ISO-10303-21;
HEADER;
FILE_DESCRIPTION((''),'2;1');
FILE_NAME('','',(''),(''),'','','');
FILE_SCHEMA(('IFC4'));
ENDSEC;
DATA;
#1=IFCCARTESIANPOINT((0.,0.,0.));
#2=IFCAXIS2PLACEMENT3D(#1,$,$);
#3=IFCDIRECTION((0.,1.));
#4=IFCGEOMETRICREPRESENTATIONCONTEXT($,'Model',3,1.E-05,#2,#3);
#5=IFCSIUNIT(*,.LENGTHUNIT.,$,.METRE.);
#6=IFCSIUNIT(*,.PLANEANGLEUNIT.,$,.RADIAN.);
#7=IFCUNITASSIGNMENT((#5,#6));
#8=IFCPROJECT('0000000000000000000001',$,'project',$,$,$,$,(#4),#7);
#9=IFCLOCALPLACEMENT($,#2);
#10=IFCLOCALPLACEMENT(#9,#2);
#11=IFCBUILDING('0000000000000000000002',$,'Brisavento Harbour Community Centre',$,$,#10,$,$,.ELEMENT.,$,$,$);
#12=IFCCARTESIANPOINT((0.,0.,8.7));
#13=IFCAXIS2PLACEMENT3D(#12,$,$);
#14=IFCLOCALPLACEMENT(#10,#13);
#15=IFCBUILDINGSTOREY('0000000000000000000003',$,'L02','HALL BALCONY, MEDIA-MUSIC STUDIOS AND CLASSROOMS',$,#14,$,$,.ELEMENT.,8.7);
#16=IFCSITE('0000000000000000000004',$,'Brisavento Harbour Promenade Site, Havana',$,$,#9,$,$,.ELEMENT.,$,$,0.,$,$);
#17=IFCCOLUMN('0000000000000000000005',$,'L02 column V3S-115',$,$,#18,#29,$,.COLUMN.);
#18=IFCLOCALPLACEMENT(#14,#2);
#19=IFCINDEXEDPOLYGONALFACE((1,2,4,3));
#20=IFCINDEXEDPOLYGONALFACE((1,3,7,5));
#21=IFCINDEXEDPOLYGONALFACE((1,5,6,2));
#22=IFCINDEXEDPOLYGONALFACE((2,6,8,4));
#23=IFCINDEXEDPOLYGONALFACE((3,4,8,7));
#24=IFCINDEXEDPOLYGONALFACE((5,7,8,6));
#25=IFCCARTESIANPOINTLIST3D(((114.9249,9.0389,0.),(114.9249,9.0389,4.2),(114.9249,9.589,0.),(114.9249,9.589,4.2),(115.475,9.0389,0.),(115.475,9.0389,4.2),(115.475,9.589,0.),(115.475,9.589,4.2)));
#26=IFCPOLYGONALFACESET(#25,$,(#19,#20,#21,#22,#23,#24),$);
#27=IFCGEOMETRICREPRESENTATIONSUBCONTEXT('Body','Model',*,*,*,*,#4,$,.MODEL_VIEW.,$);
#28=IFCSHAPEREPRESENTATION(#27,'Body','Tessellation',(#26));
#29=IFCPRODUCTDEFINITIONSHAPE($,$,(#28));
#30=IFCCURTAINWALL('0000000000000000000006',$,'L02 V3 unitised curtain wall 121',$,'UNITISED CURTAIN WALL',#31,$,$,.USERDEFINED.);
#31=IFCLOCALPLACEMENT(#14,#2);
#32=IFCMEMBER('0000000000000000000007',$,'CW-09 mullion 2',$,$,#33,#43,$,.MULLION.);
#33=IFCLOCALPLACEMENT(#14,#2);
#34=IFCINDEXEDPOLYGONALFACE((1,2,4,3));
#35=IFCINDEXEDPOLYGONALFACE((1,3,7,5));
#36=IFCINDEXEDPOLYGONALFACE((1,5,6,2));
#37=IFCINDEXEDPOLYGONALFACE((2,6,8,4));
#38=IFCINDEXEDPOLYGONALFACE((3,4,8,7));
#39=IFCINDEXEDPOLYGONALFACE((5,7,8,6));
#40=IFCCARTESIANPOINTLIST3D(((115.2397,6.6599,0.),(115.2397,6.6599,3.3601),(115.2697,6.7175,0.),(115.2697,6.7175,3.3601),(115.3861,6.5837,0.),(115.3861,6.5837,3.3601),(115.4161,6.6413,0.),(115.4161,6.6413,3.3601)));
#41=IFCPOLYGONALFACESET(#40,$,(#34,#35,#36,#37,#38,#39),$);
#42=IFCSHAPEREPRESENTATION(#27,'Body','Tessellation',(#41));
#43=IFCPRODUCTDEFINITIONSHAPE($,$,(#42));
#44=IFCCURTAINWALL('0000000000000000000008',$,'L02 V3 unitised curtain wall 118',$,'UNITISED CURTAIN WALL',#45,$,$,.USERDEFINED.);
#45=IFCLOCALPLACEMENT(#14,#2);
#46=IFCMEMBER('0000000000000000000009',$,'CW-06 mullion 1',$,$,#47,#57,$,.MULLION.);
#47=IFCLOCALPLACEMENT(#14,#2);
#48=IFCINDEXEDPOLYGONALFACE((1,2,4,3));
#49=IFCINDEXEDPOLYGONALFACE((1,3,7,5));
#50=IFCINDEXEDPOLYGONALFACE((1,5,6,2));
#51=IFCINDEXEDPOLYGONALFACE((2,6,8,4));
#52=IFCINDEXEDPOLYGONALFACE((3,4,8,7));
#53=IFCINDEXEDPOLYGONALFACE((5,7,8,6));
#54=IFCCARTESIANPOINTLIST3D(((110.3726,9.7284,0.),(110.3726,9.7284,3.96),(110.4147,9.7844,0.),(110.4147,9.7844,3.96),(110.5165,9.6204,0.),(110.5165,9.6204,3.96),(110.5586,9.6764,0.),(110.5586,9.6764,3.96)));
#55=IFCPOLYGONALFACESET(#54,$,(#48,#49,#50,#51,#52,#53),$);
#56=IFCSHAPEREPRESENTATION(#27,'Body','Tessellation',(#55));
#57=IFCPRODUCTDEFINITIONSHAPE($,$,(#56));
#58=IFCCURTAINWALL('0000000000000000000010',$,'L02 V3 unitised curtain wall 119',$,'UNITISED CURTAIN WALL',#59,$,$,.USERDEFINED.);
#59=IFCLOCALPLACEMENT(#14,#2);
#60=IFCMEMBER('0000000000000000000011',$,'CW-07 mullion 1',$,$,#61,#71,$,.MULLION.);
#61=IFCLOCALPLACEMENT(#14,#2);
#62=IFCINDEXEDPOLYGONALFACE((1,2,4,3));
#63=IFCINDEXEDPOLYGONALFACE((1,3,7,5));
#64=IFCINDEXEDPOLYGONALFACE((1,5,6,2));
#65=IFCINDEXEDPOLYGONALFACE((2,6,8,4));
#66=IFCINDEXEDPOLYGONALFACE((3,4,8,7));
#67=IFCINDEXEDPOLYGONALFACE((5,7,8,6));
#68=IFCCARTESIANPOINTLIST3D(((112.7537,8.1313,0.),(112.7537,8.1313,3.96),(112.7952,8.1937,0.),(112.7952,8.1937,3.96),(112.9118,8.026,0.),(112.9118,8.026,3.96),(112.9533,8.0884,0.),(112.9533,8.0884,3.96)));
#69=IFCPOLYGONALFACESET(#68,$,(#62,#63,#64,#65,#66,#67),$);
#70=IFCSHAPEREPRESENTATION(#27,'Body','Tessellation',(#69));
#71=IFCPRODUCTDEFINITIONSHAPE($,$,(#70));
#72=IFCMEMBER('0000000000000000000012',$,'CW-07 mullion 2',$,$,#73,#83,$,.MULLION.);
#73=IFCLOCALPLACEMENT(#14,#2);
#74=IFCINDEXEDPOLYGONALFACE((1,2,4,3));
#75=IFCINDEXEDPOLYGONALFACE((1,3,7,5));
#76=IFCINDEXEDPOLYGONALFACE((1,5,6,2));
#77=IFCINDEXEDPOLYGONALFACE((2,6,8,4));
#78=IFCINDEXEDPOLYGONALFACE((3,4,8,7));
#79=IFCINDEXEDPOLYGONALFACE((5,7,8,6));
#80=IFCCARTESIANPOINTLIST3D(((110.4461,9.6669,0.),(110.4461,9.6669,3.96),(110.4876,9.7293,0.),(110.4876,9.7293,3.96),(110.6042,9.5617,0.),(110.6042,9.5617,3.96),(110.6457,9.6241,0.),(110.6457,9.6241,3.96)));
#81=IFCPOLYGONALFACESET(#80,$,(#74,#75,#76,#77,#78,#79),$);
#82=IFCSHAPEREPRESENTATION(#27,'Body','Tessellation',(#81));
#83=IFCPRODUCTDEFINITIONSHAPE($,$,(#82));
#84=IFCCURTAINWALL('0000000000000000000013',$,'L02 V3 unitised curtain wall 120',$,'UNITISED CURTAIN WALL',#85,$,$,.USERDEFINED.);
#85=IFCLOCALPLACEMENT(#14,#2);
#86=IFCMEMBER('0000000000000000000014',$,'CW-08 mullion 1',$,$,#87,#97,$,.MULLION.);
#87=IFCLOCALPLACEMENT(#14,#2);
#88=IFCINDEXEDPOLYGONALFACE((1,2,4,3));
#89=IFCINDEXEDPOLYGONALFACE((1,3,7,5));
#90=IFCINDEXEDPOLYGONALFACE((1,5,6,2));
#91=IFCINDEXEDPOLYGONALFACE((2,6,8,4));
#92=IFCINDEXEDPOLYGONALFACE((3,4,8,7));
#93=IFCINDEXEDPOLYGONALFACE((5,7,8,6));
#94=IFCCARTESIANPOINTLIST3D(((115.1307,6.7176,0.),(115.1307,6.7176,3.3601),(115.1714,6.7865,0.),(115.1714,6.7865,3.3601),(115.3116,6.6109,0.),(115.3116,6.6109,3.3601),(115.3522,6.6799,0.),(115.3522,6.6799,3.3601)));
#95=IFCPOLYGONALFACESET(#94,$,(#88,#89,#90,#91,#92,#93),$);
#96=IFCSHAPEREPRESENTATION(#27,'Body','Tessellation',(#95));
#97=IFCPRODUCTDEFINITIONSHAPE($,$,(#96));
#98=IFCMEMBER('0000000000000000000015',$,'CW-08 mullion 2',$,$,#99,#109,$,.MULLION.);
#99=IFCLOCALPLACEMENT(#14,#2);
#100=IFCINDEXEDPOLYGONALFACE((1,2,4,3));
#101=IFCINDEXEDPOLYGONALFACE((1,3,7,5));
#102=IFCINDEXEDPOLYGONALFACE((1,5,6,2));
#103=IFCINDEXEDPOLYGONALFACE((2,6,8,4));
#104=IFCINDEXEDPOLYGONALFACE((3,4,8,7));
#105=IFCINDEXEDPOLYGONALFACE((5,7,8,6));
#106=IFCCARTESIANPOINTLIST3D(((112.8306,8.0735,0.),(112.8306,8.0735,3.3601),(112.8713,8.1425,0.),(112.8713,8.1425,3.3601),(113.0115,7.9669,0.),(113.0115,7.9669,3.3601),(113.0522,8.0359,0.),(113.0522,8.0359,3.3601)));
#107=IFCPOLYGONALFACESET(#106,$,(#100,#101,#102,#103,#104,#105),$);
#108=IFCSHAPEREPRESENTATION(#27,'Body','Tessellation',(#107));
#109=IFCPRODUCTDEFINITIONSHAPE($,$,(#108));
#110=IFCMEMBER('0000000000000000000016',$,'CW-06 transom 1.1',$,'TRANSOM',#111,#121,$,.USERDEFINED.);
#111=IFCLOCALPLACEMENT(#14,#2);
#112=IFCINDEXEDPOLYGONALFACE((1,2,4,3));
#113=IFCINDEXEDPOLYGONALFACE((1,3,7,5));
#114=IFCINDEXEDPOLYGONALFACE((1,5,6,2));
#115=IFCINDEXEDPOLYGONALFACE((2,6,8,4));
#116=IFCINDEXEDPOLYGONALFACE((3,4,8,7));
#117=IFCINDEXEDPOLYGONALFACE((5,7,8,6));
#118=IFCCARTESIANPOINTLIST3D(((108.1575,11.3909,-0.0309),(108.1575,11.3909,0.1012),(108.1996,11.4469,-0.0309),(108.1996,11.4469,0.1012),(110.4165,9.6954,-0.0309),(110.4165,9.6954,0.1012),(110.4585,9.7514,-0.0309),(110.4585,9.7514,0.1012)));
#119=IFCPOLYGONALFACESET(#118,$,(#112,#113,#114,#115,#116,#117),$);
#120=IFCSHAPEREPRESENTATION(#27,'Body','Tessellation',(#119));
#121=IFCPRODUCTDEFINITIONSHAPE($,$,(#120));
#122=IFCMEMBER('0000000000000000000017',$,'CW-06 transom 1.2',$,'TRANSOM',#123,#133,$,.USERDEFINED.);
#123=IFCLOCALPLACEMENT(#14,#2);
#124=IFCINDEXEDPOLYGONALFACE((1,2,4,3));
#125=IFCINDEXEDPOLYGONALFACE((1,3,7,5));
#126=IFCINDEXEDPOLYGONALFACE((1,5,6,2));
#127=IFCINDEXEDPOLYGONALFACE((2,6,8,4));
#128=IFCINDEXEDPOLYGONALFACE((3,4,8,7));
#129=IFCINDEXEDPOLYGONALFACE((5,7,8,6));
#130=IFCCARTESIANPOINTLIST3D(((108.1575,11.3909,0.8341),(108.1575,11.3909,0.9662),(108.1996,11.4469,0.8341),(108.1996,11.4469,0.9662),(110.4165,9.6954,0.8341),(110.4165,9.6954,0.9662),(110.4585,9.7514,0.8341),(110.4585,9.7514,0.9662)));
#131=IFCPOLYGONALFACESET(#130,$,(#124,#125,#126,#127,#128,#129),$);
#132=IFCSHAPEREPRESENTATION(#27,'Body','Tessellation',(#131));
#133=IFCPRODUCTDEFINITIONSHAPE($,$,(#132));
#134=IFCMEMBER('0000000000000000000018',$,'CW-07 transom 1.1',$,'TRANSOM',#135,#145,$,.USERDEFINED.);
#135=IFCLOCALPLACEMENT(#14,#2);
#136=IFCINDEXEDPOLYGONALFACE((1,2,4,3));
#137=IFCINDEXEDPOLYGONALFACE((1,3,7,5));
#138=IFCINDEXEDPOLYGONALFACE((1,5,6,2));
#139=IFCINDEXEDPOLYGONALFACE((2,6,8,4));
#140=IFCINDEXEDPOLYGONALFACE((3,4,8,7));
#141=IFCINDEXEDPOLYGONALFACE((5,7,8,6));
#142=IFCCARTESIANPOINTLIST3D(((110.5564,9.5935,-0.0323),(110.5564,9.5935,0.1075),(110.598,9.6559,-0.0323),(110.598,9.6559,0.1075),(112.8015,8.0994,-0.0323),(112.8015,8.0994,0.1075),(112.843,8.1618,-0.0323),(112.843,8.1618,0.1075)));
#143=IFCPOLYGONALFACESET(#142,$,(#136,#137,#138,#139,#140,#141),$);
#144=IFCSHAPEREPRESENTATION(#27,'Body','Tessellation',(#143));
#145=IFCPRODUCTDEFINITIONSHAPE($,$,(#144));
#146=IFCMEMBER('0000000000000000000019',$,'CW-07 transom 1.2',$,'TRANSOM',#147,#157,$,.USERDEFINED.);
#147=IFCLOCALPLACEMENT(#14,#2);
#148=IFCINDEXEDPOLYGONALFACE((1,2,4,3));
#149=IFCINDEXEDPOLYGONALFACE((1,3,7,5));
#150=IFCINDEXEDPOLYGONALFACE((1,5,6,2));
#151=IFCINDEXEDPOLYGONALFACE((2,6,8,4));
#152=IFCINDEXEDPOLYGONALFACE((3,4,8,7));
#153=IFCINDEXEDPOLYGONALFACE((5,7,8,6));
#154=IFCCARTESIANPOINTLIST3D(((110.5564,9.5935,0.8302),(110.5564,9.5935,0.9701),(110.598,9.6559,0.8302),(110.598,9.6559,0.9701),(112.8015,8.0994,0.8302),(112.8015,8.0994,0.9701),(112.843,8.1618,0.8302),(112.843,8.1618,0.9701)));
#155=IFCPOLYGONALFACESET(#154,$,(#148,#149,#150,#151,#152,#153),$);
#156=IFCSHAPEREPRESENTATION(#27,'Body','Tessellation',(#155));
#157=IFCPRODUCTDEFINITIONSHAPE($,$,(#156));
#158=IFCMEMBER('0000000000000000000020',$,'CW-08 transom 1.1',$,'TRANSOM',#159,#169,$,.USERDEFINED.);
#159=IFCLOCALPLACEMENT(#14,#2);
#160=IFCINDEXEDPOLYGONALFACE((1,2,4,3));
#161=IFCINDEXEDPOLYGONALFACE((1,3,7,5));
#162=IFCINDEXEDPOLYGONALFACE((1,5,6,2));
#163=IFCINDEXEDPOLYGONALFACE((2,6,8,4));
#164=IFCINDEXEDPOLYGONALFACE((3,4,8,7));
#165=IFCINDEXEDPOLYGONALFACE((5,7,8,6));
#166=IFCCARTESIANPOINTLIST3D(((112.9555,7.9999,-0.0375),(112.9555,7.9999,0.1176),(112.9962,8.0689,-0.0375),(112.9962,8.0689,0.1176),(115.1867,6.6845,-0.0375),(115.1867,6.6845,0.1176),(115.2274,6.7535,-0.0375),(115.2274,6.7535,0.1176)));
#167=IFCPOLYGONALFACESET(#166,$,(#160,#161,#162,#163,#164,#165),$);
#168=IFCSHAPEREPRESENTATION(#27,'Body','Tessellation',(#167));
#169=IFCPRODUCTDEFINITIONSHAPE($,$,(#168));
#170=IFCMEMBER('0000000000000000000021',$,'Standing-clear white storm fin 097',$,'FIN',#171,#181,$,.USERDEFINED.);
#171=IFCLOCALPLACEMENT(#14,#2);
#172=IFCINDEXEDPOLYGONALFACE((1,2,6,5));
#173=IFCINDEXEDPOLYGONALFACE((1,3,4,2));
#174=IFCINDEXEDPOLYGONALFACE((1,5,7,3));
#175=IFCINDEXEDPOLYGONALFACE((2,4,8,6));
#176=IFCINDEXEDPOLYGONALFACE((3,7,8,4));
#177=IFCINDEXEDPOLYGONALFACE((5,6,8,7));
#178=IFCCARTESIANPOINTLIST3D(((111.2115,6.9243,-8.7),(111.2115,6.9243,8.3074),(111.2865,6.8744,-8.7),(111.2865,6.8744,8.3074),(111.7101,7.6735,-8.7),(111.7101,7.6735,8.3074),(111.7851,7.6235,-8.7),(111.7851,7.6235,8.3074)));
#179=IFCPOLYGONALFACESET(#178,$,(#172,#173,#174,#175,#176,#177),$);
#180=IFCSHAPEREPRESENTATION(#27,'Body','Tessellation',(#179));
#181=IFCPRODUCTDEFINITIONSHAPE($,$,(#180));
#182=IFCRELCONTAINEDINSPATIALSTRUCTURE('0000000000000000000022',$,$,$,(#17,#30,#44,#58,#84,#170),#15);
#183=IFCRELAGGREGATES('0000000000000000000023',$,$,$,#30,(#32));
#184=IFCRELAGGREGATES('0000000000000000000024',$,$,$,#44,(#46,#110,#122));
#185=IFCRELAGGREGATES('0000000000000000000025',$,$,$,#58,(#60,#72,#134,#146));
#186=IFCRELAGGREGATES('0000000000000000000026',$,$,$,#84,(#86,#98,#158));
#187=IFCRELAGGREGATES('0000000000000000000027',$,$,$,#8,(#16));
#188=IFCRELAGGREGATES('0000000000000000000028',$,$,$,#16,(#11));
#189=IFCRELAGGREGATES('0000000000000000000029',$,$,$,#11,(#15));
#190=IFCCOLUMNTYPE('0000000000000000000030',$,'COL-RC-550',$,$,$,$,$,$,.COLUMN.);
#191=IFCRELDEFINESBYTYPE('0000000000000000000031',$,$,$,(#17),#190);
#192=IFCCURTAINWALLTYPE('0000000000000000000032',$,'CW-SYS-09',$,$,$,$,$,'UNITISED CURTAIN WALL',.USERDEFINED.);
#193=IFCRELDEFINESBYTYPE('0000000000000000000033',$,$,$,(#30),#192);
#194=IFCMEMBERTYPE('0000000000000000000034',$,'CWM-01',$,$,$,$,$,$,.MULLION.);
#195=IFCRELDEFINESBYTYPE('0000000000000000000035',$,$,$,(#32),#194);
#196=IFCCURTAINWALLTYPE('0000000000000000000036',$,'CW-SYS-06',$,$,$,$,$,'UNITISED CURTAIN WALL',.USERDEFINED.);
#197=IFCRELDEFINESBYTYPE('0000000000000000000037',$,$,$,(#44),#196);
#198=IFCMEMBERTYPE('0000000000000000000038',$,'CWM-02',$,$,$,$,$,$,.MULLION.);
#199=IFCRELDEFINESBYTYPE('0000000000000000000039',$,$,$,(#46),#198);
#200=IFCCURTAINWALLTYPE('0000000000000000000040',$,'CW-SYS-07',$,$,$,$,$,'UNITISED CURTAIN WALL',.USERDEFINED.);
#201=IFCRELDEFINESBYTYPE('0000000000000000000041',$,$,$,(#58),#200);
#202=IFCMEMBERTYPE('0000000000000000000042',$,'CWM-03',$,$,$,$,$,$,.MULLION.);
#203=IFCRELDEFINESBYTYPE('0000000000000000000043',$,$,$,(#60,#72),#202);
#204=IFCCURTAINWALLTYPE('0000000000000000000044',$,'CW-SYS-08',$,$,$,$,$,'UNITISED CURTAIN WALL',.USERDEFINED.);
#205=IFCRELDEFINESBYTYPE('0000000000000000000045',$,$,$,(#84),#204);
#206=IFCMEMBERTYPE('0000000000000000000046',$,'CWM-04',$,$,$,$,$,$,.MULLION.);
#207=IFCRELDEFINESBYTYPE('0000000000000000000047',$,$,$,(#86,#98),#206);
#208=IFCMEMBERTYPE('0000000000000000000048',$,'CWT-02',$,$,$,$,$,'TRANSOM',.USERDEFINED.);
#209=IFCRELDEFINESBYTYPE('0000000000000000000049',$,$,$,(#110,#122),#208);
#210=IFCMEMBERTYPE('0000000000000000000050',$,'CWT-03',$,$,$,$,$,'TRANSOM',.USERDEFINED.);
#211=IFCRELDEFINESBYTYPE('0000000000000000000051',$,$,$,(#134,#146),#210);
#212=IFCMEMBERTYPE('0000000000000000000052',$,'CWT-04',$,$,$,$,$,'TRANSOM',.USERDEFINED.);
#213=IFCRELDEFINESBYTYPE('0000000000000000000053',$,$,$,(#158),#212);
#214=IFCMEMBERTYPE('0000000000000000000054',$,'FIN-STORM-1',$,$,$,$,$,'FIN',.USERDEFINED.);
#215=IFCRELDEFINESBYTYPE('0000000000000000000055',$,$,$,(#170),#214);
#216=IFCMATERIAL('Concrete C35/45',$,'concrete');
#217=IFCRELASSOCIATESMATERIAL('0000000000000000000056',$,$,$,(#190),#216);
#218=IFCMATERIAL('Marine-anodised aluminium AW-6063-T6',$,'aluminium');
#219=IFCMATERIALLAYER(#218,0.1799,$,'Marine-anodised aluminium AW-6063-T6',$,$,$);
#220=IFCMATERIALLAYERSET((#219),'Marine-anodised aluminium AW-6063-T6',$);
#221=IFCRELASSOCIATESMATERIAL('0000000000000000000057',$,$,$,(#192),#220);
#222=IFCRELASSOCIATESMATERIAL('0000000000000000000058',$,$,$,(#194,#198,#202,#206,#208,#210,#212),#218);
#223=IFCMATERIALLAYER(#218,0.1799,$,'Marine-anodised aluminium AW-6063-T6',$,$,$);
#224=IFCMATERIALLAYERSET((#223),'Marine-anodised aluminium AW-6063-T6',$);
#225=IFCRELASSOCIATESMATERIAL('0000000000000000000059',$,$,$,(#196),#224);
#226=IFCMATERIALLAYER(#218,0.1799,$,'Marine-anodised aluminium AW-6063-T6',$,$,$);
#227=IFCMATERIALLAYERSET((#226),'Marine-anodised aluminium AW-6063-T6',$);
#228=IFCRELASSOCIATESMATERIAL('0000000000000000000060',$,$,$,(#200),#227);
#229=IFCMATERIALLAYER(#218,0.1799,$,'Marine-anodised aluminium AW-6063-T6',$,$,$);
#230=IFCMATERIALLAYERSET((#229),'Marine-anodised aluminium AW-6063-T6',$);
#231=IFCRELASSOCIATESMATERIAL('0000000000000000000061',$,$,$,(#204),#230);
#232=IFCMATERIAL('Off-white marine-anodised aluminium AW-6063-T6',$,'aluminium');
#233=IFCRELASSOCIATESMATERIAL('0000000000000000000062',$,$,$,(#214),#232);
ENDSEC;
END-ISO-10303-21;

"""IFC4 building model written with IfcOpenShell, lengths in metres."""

from ifc_helpers import new_model, si_unit, direction, frame, origin, origin_2d, place, context, subcontext, project, spatial, rectangle, extrude, material, layer, layer_set, material_profile, profile_set, type_object, element, aggregate, save


model = new_model("IFC4")

# Units and contexts
model_context = context("Model", 3, precision=1e-05, world=origin(), true_north=direction((0.0, 1.0)))
body_context = subcontext(model_context, "Body", "Model", "MODEL_VIEW")
ifc_project = project(units=[si_unit("LENGTHUNIT", "METRE"), si_unit("PLANEANGLEUNIT", "RADIAN")], contexts=[model_context])

# Site, building, storey
site_placement = place(None, origin())
site = spatial("IfcSite", under=ifc_project, at=site_placement, Name="Brisavento Harbour Promenade Site, Havana", CompositionType="ELEMENT", RefElevation=0.0)
building_placement = place(site_placement, origin())
building = spatial("IfcBuilding", under=site, at=building_placement, Name="Brisavento Harbour Community Centre", CompositionType="ELEMENT")
storey_placement = place(building_placement, frame((0.0, 0.0, 8.7)))
storey = spatial("IfcBuildingStorey", under=building, at=storey_placement, Name="L02", Description="HALL BALCONY, MEDIA-MUSIC STUDIOS AND CLASSROOMS", CompositionType="ELEMENT", Elevation=8.7)

# Column
ifc_material_1 = material(Name="Concrete C35/45", Category="concrete")
ifc_material_profile_1 = material_profile(ifc_material_1, rectangle(XDim=0.55, YDim=0.55, at=origin_2d()), Name="Concrete C35/45")
ifc_profile_set_1 = profile_set([ifc_material_profile_1], Name="Concrete C35/45")
column_type = type_object("IfcColumnType", Name="COL-RC-550", PredefinedType="COLUMN", material=ifc_profile_set_1)
column_placement = place(storey_placement, frame((115.2, 9.314, 0.0), z_axis=(0.0, 0.0, 1.0), x_axis=(1.0, 0.0, 0.0)))
element("IfcColumn", 1, at=column_placement, inside=storey, type_object=column_type, Name="L02 column V3S-115", PredefinedType="COLUMN", context=body_context, shape_type="SweptSolid", body=[
    extrude(rectangle(XDim=0.55, YDim=0.55, at=origin_2d()), origin(), (0.0, 0.0, 1.0), 4.2),
])

# Curtain walls, members
ifc_material_2 = material(Name="Marine-anodised aluminium AW-6063-T6", Category="aluminium")
ifc_layer_1 = layer(ifc_material_2, 0.1799, Name="Marine-anodised aluminium AW-6063-T6")
ifc_layer_set_1 = layer_set([ifc_layer_1], Name="Marine-anodised aluminium AW-6063-T6")
curtain_wall_type_1 = type_object("IfcCurtainWallType", Name="CW-SYS-09", ElementType="UNITISED CURTAIN WALL", PredefinedType="USERDEFINED", material=ifc_layer_set_1)
curtain_wall_1_placement = place(storey_placement, origin())
curtain_wall_1 = element("IfcCurtainWall", 2, at=curtain_wall_1_placement, inside=storey, type_object=curtain_wall_type_1, Name="L02 V3 unitised curtain wall 121", ObjectType="UNITISED CURTAIN WALL", PredefinedType="USERDEFINED")
ifc_material_profile_2 = material_profile(ifc_material_2, rectangle(XDim=0.0649, YDim=0.165, at=origin_2d()), Name="Marine-anodised aluminium AW-6063-T6")
ifc_profile_set_2 = profile_set([ifc_material_profile_2], Name="Marine-anodised aluminium AW-6063-T6")
member_type_1 = type_object("IfcMemberType", Name="CWM-01", PredefinedType="MULLION", material=ifc_profile_set_2)
member_1_placement = place(storey_placement, frame((115.3279, 6.6506, 0.0), z_axis=(0.0, 0.0, 1.0), x_axis=(-0.461718, -0.887027, 0.0)))
member_1 = element("IfcMember", 3, at=member_1_placement, type_object=member_type_1, Name="CW-09 mullion 2", PredefinedType="MULLION", context=body_context, shape_type="SweptSolid", body=[
    extrude(rectangle(XDim=0.0649, YDim=0.165, at=origin_2d()), origin(), (0.0, 0.0, 1.0), 3.3601),
])
ifc_layer_2 = layer(ifc_material_2, 0.1799, Name="Marine-anodised aluminium AW-6063-T6")
ifc_layer_set_2 = layer_set([ifc_layer_2], Name="Marine-anodised aluminium AW-6063-T6")
curtain_wall_type_2 = type_object("IfcCurtainWallType", Name="CW-SYS-06", ElementType="UNITISED CURTAIN WALL", PredefinedType="USERDEFINED", material=ifc_layer_set_2)
curtain_wall_2_placement = place(storey_placement, origin())
curtain_wall_2 = element("IfcCurtainWall", 4, at=curtain_wall_2_placement, inside=storey, type_object=curtain_wall_type_2, Name="L02 V3 unitised curtain wall 118", ObjectType="UNITISED CURTAIN WALL", PredefinedType="USERDEFINED")
ifc_material_profile_3 = material_profile(ifc_material_2, rectangle(XDim=0.0701, YDim=0.1799, at=origin_2d()), Name="Marine-anodised aluminium AW-6063-T6")
ifc_profile_set_3 = profile_set([ifc_material_profile_3], Name="Marine-anodised aluminium AW-6063-T6")
member_type_2 = type_object("IfcMemberType", Name="CWM-02", PredefinedType="MULLION", material=ifc_profile_set_3)
member_2_placement = place(storey_placement, frame((110.4656, 9.7024, 0.0), z_axis=(0.0, 0.0, 1.0), x_axis=(-0.600259, -0.799806, 0.0)))
member_2 = element("IfcMember", 5, at=member_2_placement, type_object=member_type_2, Name="CW-06 mullion 1", PredefinedType="MULLION", context=body_context, shape_type="SweptSolid", body=[
    extrude(rectangle(XDim=0.0701, YDim=0.1799, at=origin_2d()), origin(), (0.0, 0.0, 1.0), 3.96),
])

# Curtain walls, members
ifc_layer_3 = layer(ifc_material_2, 0.1799, Name="Marine-anodised aluminium AW-6063-T6")
ifc_layer_set_3 = layer_set([ifc_layer_3], Name="Marine-anodised aluminium AW-6063-T6")
curtain_wall_type_3 = type_object("IfcCurtainWallType", Name="CW-SYS-07", ElementType="UNITISED CURTAIN WALL", PredefinedType="USERDEFINED", material=ifc_layer_set_3)
curtain_wall_3_placement = place(storey_placement, origin())
curtain_wall_3 = element("IfcCurtainWall", 6, at=curtain_wall_3_placement, inside=storey, type_object=curtain_wall_type_3, Name="L02 V3 unitised curtain wall 119", ObjectType="UNITISED CURTAIN WALL", PredefinedType="USERDEFINED")
ifc_material_profile_4 = material_profile(ifc_material_2, rectangle(XDim=0.075, YDim=0.1899, at=origin_2d()), Name="Marine-anodised aluminium AW-6063-T6")
ifc_profile_set_4 = profile_set([ifc_material_profile_4], Name="Marine-anodised aluminium AW-6063-T6")
member_type_3 = type_object("IfcMemberType", Name="CWM-03", PredefinedType="MULLION", material=ifc_profile_set_4)
member_3_placement = place(storey_placement, frame((112.8535, 8.1099, 0.0), z_axis=(0.0, 0.0, 1.0), x_axis=(-0.554068, -0.832472, 0.0)))
member_3 = element("IfcMember", 7, at=member_3_placement, type_object=member_type_3, Name="CW-07 mullion 1", PredefinedType="MULLION", context=body_context, shape_type="SweptSolid", body=[
    extrude(rectangle(XDim=0.075, YDim=0.1899, at=origin_2d()), origin(), (0.0, 0.0, 1.0), 3.96),
])
member_4_placement = place(storey_placement, frame((110.5459, 9.6455, 0.0), z_axis=(0.0, 0.0, 1.0), x_axis=(-0.554068, -0.832472, 0.0)))
member_4 = element("IfcMember", 8, at=member_4_placement, type_object=member_type_3, Name="CW-07 mullion 2", PredefinedType="MULLION", context=body_context, shape_type="SweptSolid", body=[
    extrude(rectangle(XDim=0.075, YDim=0.1899, at=origin_2d()), origin(), (0.0, 0.0, 1.0), 3.96),
])
ifc_layer_4 = layer(ifc_material_2, 0.1799, Name="Marine-anodised aluminium AW-6063-T6")
ifc_layer_set_4 = layer_set([ifc_layer_4], Name="Marine-anodised aluminium AW-6063-T6")
curtain_wall_type_4 = type_object("IfcCurtainWallType", Name="CW-SYS-08", ElementType="UNITISED CURTAIN WALL", PredefinedType="USERDEFINED", material=ifc_layer_set_4)
curtain_wall_4_placement = place(storey_placement, origin())
curtain_wall_4 = element("IfcCurtainWall", 9, at=curtain_wall_4_placement, inside=storey, type_object=curtain_wall_type_4, Name="L02 V3 unitised curtain wall 120", ObjectType="UNITISED CURTAIN WALL", PredefinedType="USERDEFINED")
ifc_material_profile_5 = material_profile(ifc_material_2, rectangle(XDim=0.0801, YDim=0.21, at=origin_2d()), Name="Marine-anodised aluminium AW-6063-T6")
ifc_profile_set_5 = profile_set([ifc_material_profile_5], Name="Marine-anodised aluminium AW-6063-T6")
member_type_4 = type_object("IfcMemberType", Name="CWM-04", PredefinedType="MULLION", material=ifc_profile_set_5)
member_5_placement = place(storey_placement, frame((115.2415, 6.6987, 0.0), z_axis=(0.0, 0.0, 1.0), x_axis=(-0.507876, -0.86143, 0.0)))
member_5 = element("IfcMember", 10, at=member_5_placement, type_object=member_type_4, Name="CW-08 mullion 1", PredefinedType="MULLION", context=body_context, shape_type="SweptSolid", body=[
    extrude(rectangle(XDim=0.0801, YDim=0.21, at=origin_2d()), origin(), (0.0, 0.0, 1.0), 3.3601),
])
member_6_placement = place(storey_placement, frame((112.9414, 8.0547, 0.0), z_axis=(0.0, 0.0, 1.0), x_axis=(-0.507876, -0.86143, 0.0)))
member_6 = element("IfcMember", 11, at=member_6_placement, type_object=member_type_4, Name="CW-08 mullion 2", PredefinedType="MULLION", context=body_context, shape_type="SweptSolid", body=[
    extrude(rectangle(XDim=0.0801, YDim=0.21, at=origin_2d()), origin(), (0.0, 0.0, 1.0), 3.3601),
])

# Members
ifc_material_profile_6 = material_profile(ifc_material_2, rectangle(XDim=0.0701, YDim=0.1321, at=origin_2d()), Name="Marine-anodised aluminium AW-6063-T6")
ifc_profile_set_6 = profile_set([ifc_material_profile_6], Name="Marine-anodised aluminium AW-6063-T6")
member_type_5 = type_object("IfcMemberType", Name="CWT-02", ElementType="TRANSOM", PredefinedType="USERDEFINED", material=ifc_profile_set_6)
member_7_placement = place(storey_placement, frame((110.4375, 9.7234, 0.0352), z_axis=(-0.799782, 0.60029, 0.0), x_axis=(-0.60029, -0.799782, 0.0)))
member_7 = element("IfcMember", 12, at=member_7_placement, type_object=member_type_5, Name="CW-06 transom 1.1", ObjectType="TRANSOM", PredefinedType="USERDEFINED", context=body_context, shape_type="SweptSolid", body=[
    extrude(rectangle(XDim=0.0701, YDim=0.1321, at=origin_2d()), origin(), (0.0, 0.0, 1.0), 2.8245),
])
member_8_placement = place(storey_placement, frame((110.4375, 9.7234, 0.9001), z_axis=(-0.799782, 0.60029, 0.0), x_axis=(-0.60029, -0.799782, 0.0)))
member_8 = element("IfcMember", 13, at=member_8_placement, type_object=member_type_5, Name="CW-06 transom 1.2", ObjectType="TRANSOM", PredefinedType="USERDEFINED", context=body_context, shape_type="SweptSolid", body=[
    extrude(rectangle(XDim=0.0701, YDim=0.1321, at=origin_2d()), origin(), (0.0, 0.0, 1.0), 2.8245),
])
ifc_material_profile_7 = material_profile(ifc_material_2, rectangle(XDim=0.075, YDim=0.1399, at=origin_2d()), Name="Marine-anodised aluminium AW-6063-T6")
ifc_profile_set_7 = profile_set([ifc_material_profile_7], Name="Marine-anodised aluminium AW-6063-T6")
member_type_6 = type_object("IfcMemberType", Name="CWT-03", ElementType="TRANSOM", PredefinedType="USERDEFINED", material=ifc_profile_set_7)
member_9_placement = place(storey_placement, frame((112.8223, 8.1306, 0.0376), z_axis=(-0.832496, 0.554032, 0.0), x_axis=(-0.554032, -0.832496, 0.0)))
member_9 = element("IfcMember", 14, at=member_9_placement, type_object=member_type_6, Name="CW-07 transom 1.1", ObjectType="TRANSOM", PredefinedType="USERDEFINED", context=body_context, shape_type="SweptSolid", body=[
    extrude(rectangle(XDim=0.075, YDim=0.1399, at=origin_2d()), origin(), (0.0, 0.0, 1.0), 2.6968),
])
member_10_placement = place(storey_placement, frame((112.8223, 8.1306, 0.9001), z_axis=(-0.832496, 0.554032, 0.0), x_axis=(-0.554032, -0.832496, 0.0)))
member_10 = element("IfcMember", 15, at=member_10_placement, type_object=member_type_6, Name="CW-07 transom 1.2", ObjectType="TRANSOM", PredefinedType="USERDEFINED", context=body_context, shape_type="SweptSolid", body=[
    extrude(rectangle(XDim=0.075, YDim=0.1399, at=origin_2d()), origin(), (0.0, 0.0, 1.0), 2.6968),
])
ifc_material_profile_8 = material_profile(ifc_material_2, rectangle(XDim=0.0801, YDim=0.155, at=origin_2d()), Name="Marine-anodised aluminium AW-6063-T6")
ifc_profile_set_8 = profile_set([ifc_material_profile_8], Name="Marine-anodised aluminium AW-6063-T6")
member_type_7 = type_object("IfcMemberType", Name="CWT-04", ElementType="TRANSOM", PredefinedType="USERDEFINED", material=ifc_profile_set_8)
member_11_placement = place(storey_placement, frame((115.207, 6.719, 0.04), z_axis=(-0.861435, 0.507868, 0.0), x_axis=(-0.507868, -0.861435, 0.0)))
member_11 = element("IfcMember", 16, at=member_11_placement, type_object=member_type_7, Name="CW-08 transom 1.1", ObjectType="TRANSOM", PredefinedType="USERDEFINED", context=body_context, shape_type="SweptSolid", body=[
    extrude(rectangle(XDim=0.0801, YDim=0.155, at=origin_2d()), origin(), (0.0, 0.0, 1.0), 2.5901),
])

# Member
ifc_material_3 = material(Name="Off-white marine-anodised aluminium AW-6063-T6", Category="aluminium")
ifc_material_profile_9 = material_profile(ifc_material_3, rectangle(XDim=0.0901, YDim=0.8999, at=origin_2d()), Name="Off-white marine-anodised aluminium AW-6063-T6")
ifc_profile_set_9 = profile_set([ifc_material_profile_9], Name="Off-white marine-anodised aluminium AW-6063-T6")
member_type_8 = type_object("IfcMemberType", Name="FIN-STORM-1", ElementType="FIN", PredefinedType="USERDEFINED", material=ifc_profile_set_9)
member_12_placement = place(storey_placement, frame((111.4983, 7.2739, -8.7), z_axis=(0.0, 0.0, 1.0), x_axis=(-0.832477, 0.55406, 0.0)))
element("IfcMember", 17, at=member_12_placement, inside=storey, type_object=member_type_8, Name="Standing-clear white storm fin 097", ObjectType="FIN", PredefinedType="USERDEFINED", context=body_context, shape_type="SweptSolid", body=[
    extrude(rectangle(XDim=0.0901, YDim=0.8999, at=origin_2d()), origin(), (0.0, 0.0, 1.0), 17.0073),
])

aggregate(curtain_wall_1, [member_1])
aggregate(curtain_wall_2, [member_2, member_7, member_8])
aggregate(curtain_wall_3, [member_3, member_4, member_9, member_10])
aggregate(curtain_wall_4, [member_5, member_6, member_11])

save(model, "model.ifc")
